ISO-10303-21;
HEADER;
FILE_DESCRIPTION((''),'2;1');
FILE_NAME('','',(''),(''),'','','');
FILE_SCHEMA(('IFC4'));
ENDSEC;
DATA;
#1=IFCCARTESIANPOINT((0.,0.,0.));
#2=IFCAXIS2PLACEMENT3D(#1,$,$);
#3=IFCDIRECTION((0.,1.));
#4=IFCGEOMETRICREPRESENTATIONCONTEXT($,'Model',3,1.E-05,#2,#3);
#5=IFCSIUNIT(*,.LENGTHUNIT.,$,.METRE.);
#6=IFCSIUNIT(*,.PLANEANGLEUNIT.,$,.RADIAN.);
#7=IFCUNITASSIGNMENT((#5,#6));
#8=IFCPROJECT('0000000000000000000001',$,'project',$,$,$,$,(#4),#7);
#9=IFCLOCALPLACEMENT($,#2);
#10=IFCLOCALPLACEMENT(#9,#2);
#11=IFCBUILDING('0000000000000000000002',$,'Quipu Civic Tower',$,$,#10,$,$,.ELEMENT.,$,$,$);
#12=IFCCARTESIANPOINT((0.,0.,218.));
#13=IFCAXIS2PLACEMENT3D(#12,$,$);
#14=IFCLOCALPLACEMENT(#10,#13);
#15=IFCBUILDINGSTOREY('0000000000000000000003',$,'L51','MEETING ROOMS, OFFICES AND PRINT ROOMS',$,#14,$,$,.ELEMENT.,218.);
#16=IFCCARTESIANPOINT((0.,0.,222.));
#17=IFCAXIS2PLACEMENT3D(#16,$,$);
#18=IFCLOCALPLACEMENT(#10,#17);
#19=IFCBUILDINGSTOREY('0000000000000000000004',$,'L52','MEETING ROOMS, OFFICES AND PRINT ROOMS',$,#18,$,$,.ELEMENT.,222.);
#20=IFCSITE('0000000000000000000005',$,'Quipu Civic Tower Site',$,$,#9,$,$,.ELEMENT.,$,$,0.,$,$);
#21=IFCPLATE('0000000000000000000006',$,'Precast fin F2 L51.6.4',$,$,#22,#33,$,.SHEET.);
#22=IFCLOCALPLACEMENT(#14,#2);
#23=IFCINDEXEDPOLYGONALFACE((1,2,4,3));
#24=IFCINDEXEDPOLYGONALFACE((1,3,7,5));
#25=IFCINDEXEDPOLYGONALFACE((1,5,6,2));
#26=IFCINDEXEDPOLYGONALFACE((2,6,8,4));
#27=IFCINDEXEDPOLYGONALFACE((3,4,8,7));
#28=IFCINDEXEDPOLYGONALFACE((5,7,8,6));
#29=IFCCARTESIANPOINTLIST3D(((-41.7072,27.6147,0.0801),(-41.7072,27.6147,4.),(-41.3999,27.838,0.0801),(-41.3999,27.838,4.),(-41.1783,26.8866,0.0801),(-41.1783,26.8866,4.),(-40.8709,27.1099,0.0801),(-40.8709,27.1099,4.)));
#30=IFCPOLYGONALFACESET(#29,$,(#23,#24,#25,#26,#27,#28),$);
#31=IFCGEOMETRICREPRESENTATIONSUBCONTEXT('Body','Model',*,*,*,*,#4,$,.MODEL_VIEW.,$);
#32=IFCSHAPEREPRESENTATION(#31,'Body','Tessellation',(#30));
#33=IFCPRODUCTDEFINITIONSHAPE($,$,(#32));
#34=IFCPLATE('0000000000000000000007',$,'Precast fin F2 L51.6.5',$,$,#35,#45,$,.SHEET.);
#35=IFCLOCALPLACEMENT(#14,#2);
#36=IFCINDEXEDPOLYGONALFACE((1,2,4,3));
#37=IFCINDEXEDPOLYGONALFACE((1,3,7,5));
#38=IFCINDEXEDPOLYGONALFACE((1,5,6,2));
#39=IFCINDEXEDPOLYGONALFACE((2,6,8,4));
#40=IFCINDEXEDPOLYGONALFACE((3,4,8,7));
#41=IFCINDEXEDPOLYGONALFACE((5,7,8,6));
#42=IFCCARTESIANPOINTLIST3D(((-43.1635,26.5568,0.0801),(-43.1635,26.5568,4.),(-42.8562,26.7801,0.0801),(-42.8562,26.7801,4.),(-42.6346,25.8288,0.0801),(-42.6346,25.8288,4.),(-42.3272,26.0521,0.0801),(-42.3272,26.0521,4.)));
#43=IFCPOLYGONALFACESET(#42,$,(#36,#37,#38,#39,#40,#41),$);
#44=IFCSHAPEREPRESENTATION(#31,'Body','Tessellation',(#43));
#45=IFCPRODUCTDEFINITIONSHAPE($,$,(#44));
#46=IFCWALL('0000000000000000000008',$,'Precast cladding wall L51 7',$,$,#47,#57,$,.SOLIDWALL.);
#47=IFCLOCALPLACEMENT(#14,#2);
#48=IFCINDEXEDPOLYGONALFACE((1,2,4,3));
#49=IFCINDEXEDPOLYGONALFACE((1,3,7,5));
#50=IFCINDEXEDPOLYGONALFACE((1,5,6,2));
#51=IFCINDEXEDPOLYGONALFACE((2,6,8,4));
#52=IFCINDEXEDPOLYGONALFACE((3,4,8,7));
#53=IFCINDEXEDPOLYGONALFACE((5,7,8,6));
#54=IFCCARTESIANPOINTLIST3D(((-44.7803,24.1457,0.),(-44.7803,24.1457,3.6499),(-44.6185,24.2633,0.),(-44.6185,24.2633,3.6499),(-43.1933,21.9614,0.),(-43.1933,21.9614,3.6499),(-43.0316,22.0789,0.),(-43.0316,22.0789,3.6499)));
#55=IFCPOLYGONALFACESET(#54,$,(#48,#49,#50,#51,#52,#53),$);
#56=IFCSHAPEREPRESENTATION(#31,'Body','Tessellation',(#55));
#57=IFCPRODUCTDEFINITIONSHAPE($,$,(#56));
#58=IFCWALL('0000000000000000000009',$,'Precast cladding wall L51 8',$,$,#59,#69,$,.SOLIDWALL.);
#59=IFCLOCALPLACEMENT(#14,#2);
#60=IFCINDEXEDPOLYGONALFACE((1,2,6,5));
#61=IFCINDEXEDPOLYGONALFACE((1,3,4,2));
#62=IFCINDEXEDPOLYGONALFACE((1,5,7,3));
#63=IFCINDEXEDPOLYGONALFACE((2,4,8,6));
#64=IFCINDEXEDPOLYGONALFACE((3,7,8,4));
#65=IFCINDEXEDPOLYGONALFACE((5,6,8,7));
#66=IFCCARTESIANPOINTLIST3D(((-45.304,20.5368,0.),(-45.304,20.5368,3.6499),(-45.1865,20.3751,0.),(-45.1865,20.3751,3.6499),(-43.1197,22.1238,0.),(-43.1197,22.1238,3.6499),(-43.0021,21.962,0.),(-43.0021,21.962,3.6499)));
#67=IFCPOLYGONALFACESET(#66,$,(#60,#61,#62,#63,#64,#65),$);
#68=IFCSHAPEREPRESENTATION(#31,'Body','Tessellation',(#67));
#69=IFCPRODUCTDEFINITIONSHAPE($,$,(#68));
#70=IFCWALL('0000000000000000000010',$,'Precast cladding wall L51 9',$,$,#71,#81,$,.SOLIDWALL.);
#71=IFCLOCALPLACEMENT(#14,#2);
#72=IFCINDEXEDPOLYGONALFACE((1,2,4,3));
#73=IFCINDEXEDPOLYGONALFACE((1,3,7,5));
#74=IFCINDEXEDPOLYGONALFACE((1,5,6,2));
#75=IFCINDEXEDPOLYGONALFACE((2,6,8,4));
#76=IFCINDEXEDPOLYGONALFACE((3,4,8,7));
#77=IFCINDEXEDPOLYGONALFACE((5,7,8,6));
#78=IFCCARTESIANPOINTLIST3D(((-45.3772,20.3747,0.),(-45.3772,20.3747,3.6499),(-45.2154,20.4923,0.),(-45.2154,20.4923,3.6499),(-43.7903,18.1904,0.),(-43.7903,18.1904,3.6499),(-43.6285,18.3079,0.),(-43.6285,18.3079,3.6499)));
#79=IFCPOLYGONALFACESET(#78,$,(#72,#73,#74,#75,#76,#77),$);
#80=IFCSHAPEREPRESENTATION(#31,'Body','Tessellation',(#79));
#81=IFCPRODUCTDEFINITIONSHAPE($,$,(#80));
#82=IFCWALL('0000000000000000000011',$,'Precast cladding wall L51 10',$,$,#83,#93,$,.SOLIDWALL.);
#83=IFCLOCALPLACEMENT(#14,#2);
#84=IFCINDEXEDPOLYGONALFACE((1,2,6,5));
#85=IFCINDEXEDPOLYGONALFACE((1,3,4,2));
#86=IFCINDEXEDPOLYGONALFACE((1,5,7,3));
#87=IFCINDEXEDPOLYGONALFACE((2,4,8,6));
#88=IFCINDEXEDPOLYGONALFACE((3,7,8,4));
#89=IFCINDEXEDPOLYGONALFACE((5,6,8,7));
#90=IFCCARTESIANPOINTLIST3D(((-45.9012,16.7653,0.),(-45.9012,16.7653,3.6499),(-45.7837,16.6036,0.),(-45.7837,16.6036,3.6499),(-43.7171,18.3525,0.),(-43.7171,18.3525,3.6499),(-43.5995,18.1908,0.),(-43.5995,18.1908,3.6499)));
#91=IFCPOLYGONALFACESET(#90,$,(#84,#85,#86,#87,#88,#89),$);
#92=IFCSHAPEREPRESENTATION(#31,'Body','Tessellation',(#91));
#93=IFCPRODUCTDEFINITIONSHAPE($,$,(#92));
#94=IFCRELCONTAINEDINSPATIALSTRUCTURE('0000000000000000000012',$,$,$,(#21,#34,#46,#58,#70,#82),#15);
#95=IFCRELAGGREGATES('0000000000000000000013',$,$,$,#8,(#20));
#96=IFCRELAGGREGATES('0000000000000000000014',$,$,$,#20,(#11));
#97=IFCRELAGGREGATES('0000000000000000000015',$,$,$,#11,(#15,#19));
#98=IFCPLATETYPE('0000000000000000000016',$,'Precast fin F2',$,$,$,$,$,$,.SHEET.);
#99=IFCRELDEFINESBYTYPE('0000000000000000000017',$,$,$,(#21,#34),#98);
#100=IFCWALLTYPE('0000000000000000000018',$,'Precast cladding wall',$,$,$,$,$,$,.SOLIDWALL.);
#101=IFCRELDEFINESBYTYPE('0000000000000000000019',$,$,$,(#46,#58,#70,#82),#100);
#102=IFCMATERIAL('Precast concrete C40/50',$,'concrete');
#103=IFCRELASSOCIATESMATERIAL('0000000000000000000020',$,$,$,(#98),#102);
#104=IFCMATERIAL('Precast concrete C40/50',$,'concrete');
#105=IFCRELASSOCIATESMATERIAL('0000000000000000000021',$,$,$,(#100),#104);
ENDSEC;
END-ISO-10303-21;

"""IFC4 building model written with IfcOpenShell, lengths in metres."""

from ifc_helpers import new_model, si_unit, direction, frame, frame_2d, origin, origin_2d, place, context, subcontext, project, spatial, rectangle, extrude, material, type_object, element, save


model = new_model("IFC4")

# Units and contexts
model_context = context("Model", 3, precision=1e-05, world=origin(), true_north=direction((0.0, 1.0)))
body_context = subcontext(model_context, "Body", "Model", "MODEL_VIEW")
ifc_project = project(units=[si_unit("LENGTHUNIT", "METRE"), si_unit("PLANEANGLEUNIT", "RADIAN")], contexts=[model_context])

# Site, building, storey
site_placement = place(None, origin())
site = spatial("IfcSite", under=ifc_project, at=site_placement, Name="Quipu Civic Tower Site", CompositionType="ELEMENT", RefElevation=0.0)
building_placement = place(site_placement, origin())
building = spatial("IfcBuilding", under=site, at=building_placement, Name="Quipu Civic Tower", CompositionType="ELEMENT")
storey_1_placement = place(building_placement, frame((0.0, 0.0, 218.0)))
storey_1 = spatial("IfcBuildingStorey", under=building, at=storey_1_placement, Name="L51", Description="MEETING ROOMS, OFFICES AND PRINT ROOMS", CompositionType="ELEMENT", Elevation=218.0)

# Shared definitions
storey_2_placement = place(building_placement, frame((0.0, 0.0, 222.0)))
storey_2 = spatial("IfcBuildingStorey", under=building, at=storey_2_placement, Name="L52", Description="MEETING ROOMS, OFFICES AND PRINT ROOMS", CompositionType="ELEMENT", Elevation=222.0)

# Plates
ifc_material_1 = material(Name="Precast concrete C40/50", Category="concrete")
plate_type_1 = type_object("IfcPlateType", Name="Precast fin F2", PredefinedType="SHEET", material=ifc_material_1)
for number, where, z_axis, x_axis, name in (
    (1, (-41.2891, 27.3623, 0.0801), (0.0, 0.0, 1.0), (-0.809017, -0.587785, 0.0), "Precast fin F2 L51.6.4"),
    (2, (-42.7454, 26.3044, 0.0801), (0.0, 0.0, 1.0), (-0.809017, -0.587785, 0.0), "Precast fin F2 L51.6.5"),
):
    element("IfcPlate", number, at=place(storey_1_placement, frame(where, z_axis=z_axis, x_axis=x_axis)), inside=storey_1, type_object=plate_type_1, Name=name, PredefinedType="SHEET", context=body_context, shape_type="SweptSolid", body=[
        extrude(rectangle(XDim=0.3799, YDim=0.8999, at=origin_2d()), origin(), (0.0, 0.0, 1.0), 3.9199),
    ])

# Walls
ifc_material_2 = material(Name="Precast concrete C40/50", Category="concrete")
wall_type = type_object("IfcWallType", Name="Precast cladding wall", PredefinedType="SOLIDWALL", material=ifc_material_2)
for number, where, z_axis, x_axis, name in (
    (3, (-44.6995, 24.2046, 0.0), (0.0, 0.0, 1.0), (0.587763, -0.809033, 0.0), "Precast cladding wall L51 7"),
    (4, (-43.0608, 22.043, 0.0), (0.0, 0.0, 1.0), (-0.809033, -0.587763, 0.0), "Precast cladding wall L51 8"),
    (5, (-45.2964, 20.4336, 0.0), (0.0, 0.0, 1.0), (0.587763, -0.809033, 0.0), "Precast cladding wall L51 9"),
    (6, (-43.6582, 18.2717, 0.0), (0.0, 0.0, 1.0), (-0.808959, -0.587865, 0.0), "Precast cladding wall L51 10"),
):
    element("IfcWall", number, at=place(storey_1_placement, frame(where, z_axis=z_axis, x_axis=x_axis)), inside=storey_1, type_object=wall_type, Name=name, PredefinedType="SOLIDWALL", context=body_context, shape_type="SweptSolid", body=[
        extrude(rectangle(XDim=2.7, YDim=0.2, at=frame_2d((1.3501, 0.0))), origin(), (0.0, 0.0, 1.0), 3.6499),
    ])

save(model, "model.ifc")
